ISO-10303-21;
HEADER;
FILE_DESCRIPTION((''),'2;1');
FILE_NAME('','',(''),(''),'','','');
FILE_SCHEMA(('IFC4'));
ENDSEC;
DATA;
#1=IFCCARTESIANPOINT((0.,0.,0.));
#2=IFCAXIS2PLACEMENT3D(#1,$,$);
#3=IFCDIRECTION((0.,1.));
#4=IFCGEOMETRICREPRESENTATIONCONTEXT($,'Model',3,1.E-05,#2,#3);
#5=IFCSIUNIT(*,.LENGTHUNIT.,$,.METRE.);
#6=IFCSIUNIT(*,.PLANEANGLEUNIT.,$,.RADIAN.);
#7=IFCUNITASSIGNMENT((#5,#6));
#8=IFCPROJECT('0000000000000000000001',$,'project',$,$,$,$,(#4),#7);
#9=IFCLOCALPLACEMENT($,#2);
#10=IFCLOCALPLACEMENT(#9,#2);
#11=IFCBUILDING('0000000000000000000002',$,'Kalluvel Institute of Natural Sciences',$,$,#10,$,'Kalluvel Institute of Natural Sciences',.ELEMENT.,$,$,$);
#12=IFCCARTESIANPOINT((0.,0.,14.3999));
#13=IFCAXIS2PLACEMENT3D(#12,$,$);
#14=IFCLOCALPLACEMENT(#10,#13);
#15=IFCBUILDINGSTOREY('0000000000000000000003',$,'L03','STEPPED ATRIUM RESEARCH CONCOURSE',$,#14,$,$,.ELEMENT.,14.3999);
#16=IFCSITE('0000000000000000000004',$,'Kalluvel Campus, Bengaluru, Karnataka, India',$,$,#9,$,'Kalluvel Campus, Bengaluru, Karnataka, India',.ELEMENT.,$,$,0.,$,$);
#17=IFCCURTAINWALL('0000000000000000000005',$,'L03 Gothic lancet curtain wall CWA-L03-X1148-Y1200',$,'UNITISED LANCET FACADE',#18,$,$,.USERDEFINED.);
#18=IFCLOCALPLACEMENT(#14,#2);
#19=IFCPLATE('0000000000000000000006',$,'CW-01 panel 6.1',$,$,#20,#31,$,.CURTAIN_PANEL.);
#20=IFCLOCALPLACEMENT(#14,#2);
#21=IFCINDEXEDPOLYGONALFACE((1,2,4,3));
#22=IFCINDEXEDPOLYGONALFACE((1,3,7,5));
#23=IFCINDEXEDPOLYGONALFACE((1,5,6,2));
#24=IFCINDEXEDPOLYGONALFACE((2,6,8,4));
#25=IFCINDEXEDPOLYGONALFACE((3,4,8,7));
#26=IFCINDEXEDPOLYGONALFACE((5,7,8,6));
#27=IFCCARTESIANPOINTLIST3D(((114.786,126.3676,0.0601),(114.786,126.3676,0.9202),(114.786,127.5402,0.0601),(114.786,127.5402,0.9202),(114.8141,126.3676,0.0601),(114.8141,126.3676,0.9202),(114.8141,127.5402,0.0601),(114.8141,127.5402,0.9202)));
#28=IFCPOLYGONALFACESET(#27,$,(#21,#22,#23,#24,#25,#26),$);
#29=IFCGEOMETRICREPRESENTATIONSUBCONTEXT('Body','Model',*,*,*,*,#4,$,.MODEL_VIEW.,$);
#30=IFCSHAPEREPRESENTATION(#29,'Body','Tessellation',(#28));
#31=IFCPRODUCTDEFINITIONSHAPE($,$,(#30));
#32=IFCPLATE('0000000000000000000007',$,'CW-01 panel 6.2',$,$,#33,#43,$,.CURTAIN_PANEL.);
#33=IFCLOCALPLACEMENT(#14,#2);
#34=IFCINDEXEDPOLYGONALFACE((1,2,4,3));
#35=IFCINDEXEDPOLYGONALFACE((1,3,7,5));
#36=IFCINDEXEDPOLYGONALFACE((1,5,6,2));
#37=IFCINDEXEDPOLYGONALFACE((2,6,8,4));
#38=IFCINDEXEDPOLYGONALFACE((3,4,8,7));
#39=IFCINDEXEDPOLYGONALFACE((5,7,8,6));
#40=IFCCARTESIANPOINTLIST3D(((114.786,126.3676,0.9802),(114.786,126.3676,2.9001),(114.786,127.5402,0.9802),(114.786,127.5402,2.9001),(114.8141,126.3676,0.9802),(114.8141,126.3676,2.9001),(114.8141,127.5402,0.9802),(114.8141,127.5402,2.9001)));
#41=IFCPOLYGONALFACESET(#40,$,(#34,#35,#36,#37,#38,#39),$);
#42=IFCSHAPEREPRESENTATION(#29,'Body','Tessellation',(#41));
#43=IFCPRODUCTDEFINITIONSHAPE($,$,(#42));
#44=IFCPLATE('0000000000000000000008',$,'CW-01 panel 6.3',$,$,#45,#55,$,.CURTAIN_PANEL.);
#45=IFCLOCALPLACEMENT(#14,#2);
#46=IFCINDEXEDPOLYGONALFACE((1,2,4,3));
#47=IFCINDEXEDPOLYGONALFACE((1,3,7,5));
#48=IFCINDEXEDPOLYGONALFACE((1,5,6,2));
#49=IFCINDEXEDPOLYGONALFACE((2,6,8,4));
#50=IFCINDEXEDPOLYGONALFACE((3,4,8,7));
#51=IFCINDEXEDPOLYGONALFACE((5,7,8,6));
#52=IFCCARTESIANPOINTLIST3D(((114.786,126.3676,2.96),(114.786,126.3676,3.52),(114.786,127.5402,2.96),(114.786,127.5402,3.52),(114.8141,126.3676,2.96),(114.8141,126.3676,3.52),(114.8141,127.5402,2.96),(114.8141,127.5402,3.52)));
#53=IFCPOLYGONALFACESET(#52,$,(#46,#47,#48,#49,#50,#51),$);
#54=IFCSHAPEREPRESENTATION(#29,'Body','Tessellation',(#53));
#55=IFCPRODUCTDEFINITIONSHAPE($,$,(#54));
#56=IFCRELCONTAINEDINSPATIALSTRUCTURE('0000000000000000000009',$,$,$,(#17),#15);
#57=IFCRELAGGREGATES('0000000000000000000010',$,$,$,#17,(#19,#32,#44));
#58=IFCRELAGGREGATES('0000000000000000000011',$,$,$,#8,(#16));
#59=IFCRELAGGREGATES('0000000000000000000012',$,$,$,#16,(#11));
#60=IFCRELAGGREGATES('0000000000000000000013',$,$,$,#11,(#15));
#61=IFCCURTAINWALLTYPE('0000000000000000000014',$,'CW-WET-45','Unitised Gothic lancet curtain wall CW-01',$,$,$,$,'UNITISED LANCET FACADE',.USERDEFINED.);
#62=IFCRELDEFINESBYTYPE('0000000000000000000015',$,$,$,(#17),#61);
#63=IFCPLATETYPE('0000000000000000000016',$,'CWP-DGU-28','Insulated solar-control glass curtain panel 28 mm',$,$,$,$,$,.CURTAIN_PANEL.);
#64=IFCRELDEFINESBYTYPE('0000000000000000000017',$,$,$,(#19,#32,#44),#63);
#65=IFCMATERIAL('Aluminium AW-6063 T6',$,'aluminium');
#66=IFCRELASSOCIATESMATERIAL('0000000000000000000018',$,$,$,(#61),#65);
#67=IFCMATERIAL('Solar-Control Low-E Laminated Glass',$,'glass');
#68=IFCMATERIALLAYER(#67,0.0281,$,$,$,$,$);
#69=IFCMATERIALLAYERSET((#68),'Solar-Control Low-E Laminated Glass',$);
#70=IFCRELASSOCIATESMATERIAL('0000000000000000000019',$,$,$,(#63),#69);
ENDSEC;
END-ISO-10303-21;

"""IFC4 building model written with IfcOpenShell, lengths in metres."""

from ifc_helpers import new_model, si_unit, direction, frame, origin, origin_2d, place, context, subcontext, project, spatial, rectangle, extrude, material, layer, layer_set, type_object, element, aggregate, save


model = new_model("IFC4")

# Units and contexts
model_context = context("Model", 3, precision=1e-05, world=origin(), true_north=direction((0.0, 1.0)))
body_context = subcontext(model_context, "Body", "Model", "MODEL_VIEW")
ifc_project = project(units=[si_unit("LENGTHUNIT", "METRE"), si_unit("PLANEANGLEUNIT", "RADIAN")], contexts=[model_context])

# Site, building, storey
site_placement = place(None, origin())
site = spatial("IfcSite", under=ifc_project, at=site_placement, Name="Kalluvel Campus, Bengaluru, Karnataka, India", LongName="Kalluvel Campus, Bengaluru, Karnataka, India", CompositionType="ELEMENT", RefElevation=0.0)
building_placement = place(site_placement, origin())
building = spatial("IfcBuilding", under=site, at=building_placement, Name="Kalluvel Institute of Natural Sciences", LongName="Kalluvel Institute of Natural Sciences", CompositionType="ELEMENT")
storey_placement = place(building_placement, frame((0.0, 0.0, 14.3999)))
storey = spatial("IfcBuildingStorey", under=building, at=storey_placement, Name="L03", Description="STEPPED ATRIUM RESEARCH CONCOURSE", CompositionType="ELEMENT", Elevation=14.3999)

# Shared definitions
ifc_material_1 = material(Name="Aluminium AW-6063 T6", Category="aluminium")
curtain_wall_type = type_object("IfcCurtainWallType", Name="CW-WET-45", Description="Unitised Gothic lancet curtain wall CW-01", ElementType="UNITISED LANCET FACADE", PredefinedType="USERDEFINED", material=ifc_material_1)

# Curtain wall
curtain_wall_1_placement = place(storey_placement, origin())
curtain_wall_1 = element("IfcCurtainWall", 1, at=curtain_wall_1_placement, inside=storey, type_object=curtain_wall_type, Name="L03 Gothic lancet curtain wall CWA-L03-X1148-Y1200", ObjectType="UNITISED LANCET FACADE", PredefinedType="USERDEFINED")

# Plates
ifc_material_2 = material(Name="Solar-Control Low-E Laminated Glass", Category="glass")
ifc_layer = layer(ifc_material_2, 0.0281)
ifc_layer_set = layer_set([ifc_layer], Name="Solar-Control Low-E Laminated Glass")
plate_type = type_object("IfcPlateType", Name="CWP-DGU-28", Description="Insulated solar-control glass curtain panel 28 mm", PredefinedType="CURTAIN_PANEL", material=ifc_layer_set)
plate_1_placement = place(storey_placement, frame((114.8, 126.9539, 0.0601), z_axis=(0.0, 0.0, 1.0), x_axis=(0.0, 1.0, 0.0)))
plate_1 = element("IfcPlate", 2, at=plate_1_placement, type_object=plate_type, Name="CW-01 panel 6.1", PredefinedType="CURTAIN_PANEL", context=body_context, shape_type="SweptSolid", body=[
    extrude(rectangle(XDim=1.1726, YDim=0.0281, at=origin_2d()), origin(), (0.0, 0.0, 1.0), 0.8601),
])
plate_2_placement = place(storey_placement, frame((114.8, 126.9539, 0.9802), z_axis=(0.0, 0.0, 1.0), x_axis=(0.0, 1.0, 0.0)))
plate_2 = element("IfcPlate", 3, at=plate_2_placement, type_object=plate_type, Name="CW-01 panel 6.2", PredefinedType="CURTAIN_PANEL", context=body_context, shape_type="SweptSolid", body=[
    extrude(rectangle(XDim=1.1726, YDim=0.0281, at=origin_2d()), origin(), (0.0, 0.0, 1.0), 1.9199),
])
plate_3_placement = place(storey_placement, frame((114.8, 126.9539, 2.96), z_axis=(0.0, 0.0, 1.0), x_axis=(0.0, 1.0, 0.0)))
plate_3 = element("IfcPlate", 4, at=plate_3_placement, type_object=plate_type, Name="CW-01 panel 6.3", PredefinedType="CURTAIN_PANEL", context=body_context, shape_type="SweptSolid", body=[
    extrude(rectangle(XDim=1.1726, YDim=0.0281, at=origin_2d()), origin(), (0.0, 0.0, 1.0), 0.5601),
])
aggregate(curtain_wall_1, [plate_1, plate_2, plate_3])

save(model, "model.ifc")
